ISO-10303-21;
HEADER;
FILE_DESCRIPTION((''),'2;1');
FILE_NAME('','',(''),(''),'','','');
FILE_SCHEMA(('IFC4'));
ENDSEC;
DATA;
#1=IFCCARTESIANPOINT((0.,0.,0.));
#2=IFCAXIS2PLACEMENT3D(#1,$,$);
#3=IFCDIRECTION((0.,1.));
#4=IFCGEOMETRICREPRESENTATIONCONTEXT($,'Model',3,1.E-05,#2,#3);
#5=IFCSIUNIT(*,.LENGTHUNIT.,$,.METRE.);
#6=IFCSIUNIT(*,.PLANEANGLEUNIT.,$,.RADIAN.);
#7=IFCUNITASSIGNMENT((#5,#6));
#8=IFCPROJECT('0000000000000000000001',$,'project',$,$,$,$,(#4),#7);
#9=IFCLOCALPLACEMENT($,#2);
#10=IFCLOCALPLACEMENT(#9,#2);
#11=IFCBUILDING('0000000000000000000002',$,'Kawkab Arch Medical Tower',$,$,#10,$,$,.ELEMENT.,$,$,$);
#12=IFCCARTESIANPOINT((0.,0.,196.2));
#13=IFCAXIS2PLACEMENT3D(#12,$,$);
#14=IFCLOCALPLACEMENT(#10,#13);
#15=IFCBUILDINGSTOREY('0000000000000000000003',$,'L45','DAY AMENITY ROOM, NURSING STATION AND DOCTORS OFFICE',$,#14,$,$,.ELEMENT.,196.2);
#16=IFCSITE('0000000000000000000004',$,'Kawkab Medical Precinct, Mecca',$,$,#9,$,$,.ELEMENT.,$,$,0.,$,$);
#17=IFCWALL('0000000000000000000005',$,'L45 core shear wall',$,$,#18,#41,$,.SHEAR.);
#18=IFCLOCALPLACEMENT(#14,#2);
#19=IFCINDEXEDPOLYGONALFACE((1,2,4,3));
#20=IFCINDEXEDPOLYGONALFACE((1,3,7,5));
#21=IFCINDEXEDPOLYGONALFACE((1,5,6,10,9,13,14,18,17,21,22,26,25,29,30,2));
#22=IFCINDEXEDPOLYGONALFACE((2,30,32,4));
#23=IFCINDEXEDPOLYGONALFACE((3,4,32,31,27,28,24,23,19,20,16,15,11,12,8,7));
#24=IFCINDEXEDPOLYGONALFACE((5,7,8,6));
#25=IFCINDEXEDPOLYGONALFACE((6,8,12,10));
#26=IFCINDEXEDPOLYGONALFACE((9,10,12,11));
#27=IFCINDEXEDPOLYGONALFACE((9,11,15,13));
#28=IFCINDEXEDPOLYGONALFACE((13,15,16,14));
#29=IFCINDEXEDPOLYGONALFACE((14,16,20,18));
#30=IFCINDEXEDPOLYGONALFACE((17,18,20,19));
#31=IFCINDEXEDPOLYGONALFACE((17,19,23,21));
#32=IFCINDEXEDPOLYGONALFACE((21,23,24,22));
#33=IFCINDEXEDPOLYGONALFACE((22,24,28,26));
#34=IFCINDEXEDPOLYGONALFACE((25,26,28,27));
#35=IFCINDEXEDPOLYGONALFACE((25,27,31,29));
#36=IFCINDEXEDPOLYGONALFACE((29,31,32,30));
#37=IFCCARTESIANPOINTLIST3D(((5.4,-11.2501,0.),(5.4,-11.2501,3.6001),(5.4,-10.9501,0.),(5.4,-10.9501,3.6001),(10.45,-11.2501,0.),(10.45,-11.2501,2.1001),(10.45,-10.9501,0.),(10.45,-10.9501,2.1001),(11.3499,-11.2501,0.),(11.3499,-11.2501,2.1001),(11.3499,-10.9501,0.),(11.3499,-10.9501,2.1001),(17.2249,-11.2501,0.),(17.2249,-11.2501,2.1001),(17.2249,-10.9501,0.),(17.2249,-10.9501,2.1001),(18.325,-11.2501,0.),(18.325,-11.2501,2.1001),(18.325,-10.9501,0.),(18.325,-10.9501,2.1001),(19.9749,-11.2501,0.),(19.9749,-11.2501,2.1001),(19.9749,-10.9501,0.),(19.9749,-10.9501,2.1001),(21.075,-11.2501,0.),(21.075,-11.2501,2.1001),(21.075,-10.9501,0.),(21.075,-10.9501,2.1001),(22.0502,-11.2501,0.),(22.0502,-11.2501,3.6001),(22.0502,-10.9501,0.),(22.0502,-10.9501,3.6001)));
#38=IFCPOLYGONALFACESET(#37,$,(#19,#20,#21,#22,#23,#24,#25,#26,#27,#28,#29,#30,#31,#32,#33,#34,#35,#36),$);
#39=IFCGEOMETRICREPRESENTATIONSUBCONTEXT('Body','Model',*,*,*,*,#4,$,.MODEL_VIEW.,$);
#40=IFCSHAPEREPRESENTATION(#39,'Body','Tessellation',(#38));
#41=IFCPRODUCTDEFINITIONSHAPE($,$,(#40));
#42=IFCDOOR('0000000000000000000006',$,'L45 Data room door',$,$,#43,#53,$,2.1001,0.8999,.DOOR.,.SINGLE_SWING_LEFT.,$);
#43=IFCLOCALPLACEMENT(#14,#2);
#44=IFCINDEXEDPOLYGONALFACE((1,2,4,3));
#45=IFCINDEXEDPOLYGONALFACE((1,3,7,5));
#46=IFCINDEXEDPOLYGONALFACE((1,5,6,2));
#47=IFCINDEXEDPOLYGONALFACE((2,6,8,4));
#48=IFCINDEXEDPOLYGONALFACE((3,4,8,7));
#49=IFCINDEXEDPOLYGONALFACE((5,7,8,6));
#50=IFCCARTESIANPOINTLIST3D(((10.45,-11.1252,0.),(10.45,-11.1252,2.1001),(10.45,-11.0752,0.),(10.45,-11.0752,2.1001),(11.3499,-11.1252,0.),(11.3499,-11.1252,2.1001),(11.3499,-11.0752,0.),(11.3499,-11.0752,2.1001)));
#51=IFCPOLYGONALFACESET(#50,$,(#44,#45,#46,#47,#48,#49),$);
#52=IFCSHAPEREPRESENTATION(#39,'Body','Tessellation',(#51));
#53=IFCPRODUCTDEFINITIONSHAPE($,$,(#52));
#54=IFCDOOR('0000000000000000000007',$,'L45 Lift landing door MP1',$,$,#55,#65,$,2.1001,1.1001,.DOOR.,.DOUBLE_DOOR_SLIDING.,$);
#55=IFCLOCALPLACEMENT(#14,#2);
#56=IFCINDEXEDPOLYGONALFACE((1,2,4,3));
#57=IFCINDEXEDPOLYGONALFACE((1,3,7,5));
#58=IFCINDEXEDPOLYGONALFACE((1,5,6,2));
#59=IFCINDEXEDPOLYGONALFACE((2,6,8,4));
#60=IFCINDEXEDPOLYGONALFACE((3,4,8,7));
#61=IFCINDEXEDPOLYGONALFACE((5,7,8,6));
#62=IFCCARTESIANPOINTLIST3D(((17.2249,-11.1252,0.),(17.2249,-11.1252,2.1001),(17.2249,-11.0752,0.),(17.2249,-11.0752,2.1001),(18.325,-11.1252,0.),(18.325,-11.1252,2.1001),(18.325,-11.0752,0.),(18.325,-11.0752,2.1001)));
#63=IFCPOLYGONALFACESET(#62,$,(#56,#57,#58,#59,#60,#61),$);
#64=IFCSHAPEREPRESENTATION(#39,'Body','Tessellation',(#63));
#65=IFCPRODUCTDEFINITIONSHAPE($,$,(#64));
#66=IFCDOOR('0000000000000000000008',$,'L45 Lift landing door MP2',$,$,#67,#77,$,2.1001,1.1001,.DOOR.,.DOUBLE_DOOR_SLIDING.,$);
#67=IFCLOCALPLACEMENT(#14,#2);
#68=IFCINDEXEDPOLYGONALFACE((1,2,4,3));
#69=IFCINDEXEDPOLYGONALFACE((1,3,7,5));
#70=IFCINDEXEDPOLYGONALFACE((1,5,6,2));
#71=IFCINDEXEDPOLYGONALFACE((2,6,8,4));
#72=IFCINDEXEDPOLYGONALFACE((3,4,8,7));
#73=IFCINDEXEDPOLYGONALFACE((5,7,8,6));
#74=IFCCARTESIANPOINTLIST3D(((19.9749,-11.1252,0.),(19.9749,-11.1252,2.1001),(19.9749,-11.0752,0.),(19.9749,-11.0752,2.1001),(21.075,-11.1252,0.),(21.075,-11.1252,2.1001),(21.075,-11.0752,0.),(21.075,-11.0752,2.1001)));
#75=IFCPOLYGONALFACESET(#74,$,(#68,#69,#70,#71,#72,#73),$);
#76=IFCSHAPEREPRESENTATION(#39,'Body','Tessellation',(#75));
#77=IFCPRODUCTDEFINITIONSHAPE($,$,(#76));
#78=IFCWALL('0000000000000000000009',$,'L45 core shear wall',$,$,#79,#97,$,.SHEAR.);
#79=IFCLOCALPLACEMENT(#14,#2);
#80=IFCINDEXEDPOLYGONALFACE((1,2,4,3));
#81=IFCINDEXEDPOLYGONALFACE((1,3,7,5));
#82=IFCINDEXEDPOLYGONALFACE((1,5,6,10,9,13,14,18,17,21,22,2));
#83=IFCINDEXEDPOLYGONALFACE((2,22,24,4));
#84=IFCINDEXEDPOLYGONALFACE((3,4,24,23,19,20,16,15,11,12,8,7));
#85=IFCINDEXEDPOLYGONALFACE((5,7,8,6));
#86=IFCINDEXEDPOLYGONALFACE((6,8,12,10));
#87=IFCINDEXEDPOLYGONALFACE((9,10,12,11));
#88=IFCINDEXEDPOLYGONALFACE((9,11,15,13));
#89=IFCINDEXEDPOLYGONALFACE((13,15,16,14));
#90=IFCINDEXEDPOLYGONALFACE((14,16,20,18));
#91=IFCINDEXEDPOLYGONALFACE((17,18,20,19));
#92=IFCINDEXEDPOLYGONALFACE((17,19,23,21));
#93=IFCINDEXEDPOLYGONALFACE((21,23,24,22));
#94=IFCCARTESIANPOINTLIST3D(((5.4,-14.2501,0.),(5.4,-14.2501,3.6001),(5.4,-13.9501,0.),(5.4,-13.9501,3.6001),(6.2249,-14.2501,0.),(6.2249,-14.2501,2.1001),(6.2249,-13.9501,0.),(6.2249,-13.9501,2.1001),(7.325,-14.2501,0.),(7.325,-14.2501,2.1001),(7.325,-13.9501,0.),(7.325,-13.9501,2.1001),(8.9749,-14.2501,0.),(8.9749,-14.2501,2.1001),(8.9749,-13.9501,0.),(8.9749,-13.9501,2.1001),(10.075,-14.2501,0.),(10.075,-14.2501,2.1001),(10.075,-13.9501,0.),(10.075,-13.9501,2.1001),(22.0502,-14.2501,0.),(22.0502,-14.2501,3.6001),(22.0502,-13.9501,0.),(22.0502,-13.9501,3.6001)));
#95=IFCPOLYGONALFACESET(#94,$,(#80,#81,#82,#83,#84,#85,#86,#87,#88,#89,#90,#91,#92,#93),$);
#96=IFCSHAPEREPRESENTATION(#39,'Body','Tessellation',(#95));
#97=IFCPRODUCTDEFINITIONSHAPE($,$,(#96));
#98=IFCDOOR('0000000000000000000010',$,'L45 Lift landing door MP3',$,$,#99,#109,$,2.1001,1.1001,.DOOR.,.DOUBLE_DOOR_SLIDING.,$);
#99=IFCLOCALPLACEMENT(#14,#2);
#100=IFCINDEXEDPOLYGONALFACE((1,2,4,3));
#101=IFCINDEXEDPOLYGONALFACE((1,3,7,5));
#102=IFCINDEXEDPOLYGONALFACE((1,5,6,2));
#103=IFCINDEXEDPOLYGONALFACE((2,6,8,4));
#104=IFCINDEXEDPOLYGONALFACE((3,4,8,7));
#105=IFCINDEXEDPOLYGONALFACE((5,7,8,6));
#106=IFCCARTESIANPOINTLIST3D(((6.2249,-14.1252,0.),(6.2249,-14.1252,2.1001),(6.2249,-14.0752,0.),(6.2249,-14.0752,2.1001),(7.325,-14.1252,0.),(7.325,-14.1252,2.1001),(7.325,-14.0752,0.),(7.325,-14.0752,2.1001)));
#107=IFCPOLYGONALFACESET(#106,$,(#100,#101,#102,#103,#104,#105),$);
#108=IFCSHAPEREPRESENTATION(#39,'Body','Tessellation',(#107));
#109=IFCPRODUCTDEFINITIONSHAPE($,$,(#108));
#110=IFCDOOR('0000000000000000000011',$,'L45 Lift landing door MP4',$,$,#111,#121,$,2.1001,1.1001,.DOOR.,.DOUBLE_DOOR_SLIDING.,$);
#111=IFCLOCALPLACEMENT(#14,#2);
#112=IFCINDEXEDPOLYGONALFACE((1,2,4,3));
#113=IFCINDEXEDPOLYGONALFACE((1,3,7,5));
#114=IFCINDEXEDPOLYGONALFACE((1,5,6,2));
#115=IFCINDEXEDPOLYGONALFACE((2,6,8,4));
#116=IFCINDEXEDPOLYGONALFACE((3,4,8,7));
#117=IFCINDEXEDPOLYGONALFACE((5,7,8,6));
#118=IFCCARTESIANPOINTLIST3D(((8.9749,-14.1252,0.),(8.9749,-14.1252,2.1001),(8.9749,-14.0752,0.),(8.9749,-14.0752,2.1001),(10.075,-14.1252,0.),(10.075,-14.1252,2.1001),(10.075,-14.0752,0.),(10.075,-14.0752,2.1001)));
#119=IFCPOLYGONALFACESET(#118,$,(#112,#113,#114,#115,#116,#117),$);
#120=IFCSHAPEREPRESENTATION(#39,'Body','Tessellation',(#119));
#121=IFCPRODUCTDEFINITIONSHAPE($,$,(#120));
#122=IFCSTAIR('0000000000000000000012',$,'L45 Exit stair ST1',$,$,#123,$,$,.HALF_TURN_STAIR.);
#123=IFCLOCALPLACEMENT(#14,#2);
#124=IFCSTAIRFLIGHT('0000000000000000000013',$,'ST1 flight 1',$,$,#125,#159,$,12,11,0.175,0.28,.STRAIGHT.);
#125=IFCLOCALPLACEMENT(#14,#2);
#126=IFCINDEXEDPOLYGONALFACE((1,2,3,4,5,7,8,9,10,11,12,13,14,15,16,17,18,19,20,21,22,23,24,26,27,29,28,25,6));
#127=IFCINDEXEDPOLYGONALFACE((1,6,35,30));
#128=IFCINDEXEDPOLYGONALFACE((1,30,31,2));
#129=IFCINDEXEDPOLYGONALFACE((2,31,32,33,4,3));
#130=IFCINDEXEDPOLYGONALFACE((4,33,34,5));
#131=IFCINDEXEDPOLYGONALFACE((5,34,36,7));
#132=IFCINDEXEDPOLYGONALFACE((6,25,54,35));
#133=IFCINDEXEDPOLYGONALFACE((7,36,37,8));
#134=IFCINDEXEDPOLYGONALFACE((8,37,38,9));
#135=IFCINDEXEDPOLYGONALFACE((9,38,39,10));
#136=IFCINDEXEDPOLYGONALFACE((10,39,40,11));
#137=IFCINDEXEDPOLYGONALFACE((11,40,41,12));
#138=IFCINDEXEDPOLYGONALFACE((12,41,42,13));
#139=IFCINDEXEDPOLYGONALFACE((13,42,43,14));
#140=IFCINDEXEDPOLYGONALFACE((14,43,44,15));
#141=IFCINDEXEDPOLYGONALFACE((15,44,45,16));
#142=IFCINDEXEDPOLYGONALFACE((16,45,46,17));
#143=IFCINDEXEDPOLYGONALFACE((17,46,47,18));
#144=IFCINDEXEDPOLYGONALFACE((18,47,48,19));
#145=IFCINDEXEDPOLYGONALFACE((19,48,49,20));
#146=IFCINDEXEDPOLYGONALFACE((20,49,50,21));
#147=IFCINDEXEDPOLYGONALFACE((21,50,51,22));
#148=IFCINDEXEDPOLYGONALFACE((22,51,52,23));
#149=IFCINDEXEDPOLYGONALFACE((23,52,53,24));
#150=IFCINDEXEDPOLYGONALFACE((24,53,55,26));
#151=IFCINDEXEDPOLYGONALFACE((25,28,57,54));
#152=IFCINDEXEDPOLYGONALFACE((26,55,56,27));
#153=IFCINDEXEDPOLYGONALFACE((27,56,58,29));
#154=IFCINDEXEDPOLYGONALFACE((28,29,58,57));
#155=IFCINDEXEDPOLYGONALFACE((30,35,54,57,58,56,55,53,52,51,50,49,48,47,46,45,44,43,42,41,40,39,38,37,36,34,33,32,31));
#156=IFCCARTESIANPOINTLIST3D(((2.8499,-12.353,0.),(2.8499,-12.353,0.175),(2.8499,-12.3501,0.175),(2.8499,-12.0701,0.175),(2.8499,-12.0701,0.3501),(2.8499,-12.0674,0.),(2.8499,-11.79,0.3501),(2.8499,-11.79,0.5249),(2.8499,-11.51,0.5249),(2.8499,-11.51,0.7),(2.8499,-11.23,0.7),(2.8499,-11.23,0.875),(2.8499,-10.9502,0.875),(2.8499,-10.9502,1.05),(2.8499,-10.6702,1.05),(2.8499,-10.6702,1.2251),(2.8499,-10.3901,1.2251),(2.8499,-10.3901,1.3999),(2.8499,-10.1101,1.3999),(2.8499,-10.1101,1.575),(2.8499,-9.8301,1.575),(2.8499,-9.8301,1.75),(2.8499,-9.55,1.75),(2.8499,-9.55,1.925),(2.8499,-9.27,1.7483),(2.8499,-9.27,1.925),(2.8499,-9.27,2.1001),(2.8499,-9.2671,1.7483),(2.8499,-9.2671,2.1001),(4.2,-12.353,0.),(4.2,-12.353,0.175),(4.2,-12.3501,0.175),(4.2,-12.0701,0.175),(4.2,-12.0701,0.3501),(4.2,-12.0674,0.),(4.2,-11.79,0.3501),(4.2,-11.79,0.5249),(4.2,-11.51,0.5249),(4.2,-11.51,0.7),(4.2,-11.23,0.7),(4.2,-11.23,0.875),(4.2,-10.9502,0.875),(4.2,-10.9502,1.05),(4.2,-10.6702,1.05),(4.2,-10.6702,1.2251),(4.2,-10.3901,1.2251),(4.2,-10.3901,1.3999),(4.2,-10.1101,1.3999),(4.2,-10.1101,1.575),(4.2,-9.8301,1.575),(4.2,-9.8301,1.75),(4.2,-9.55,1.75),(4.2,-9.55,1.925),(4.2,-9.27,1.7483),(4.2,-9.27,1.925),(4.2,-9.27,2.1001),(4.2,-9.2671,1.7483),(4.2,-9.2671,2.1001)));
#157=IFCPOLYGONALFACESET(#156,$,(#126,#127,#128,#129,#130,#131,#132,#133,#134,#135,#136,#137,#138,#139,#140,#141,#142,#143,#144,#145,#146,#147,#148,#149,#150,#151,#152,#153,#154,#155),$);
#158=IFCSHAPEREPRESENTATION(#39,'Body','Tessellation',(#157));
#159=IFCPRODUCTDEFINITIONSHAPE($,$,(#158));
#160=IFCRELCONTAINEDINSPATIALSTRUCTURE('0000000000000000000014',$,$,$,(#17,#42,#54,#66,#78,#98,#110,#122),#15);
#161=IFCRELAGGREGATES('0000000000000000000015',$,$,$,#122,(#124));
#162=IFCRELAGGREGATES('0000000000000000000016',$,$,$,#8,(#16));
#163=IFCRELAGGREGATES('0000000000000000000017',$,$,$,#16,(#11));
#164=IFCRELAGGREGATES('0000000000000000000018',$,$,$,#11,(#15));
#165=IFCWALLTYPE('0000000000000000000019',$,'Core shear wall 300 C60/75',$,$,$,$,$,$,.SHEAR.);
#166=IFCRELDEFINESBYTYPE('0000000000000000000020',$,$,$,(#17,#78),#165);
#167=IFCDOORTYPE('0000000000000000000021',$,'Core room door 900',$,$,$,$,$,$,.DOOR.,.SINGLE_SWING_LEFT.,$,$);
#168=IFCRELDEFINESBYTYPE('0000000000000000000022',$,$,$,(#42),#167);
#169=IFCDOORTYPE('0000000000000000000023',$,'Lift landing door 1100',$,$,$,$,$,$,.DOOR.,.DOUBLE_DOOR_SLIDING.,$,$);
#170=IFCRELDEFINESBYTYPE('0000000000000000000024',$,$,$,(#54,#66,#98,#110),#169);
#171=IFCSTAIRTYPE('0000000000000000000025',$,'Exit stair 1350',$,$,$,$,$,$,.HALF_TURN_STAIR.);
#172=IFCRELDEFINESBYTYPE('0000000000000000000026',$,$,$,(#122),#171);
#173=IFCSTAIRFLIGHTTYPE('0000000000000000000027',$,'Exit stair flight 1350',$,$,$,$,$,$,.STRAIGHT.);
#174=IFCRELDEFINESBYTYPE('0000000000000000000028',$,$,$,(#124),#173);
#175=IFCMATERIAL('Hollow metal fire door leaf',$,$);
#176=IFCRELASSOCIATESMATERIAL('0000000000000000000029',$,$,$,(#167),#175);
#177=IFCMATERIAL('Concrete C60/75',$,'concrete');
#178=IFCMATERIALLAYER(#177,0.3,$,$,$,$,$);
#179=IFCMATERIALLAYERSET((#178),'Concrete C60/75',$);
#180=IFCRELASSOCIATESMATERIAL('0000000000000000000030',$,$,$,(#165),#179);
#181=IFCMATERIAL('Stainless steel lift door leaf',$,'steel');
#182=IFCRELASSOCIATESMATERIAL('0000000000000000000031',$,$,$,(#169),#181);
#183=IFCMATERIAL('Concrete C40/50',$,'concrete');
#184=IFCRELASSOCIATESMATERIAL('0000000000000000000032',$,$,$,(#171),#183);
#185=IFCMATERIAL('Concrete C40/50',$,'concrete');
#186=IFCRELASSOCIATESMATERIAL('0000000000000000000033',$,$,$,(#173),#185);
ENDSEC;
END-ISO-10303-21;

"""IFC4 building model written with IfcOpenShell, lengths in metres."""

from ifc_helpers import new_model, si_unit, direction, frame, frame_2d, origin, place, context, subcontext, project, spatial, polyline, rectangle, outline, extrude, material, layer, layer_set, type_object, element, fill, aggregate, save


model = new_model("IFC4")

# Units and contexts
model_context = context("Model", 3, precision=1e-05, world=origin(), true_north=direction((0.0, 1.0)))
body_context = subcontext(model_context, "Body", "Model", "MODEL_VIEW")
ifc_project = project(units=[si_unit("LENGTHUNIT", "METRE"), si_unit("PLANEANGLEUNIT", "RADIAN")], contexts=[model_context])

# Site, building, storey
site_placement = place(None, origin())
site = spatial("IfcSite", under=ifc_project, at=site_placement, Name="Kawkab Medical Precinct, Mecca", CompositionType="ELEMENT", RefElevation=0.0)
building_placement = place(site_placement, origin())
building = spatial("IfcBuilding", under=site, at=building_placement, Name="Kawkab Arch Medical Tower", CompositionType="ELEMENT")
storey_placement = place(building_placement, frame((0.0, 0.0, 196.2)))
storey = spatial("IfcBuildingStorey", under=building, at=storey_placement, Name="L45", Description="DAY AMENITY ROOM, NURSING STATION AND DOCTORS OFFICE", CompositionType="ELEMENT", Elevation=196.2)

# Shared definitions
ifc_material_1 = material(Name="Hollow metal fire door leaf")
door_type_1 = type_object("IfcDoorType", Name="Core room door 900", OperationType="SINGLE_SWING_LEFT", PredefinedType="DOOR", material=ifc_material_1)

# Shared definitions
ifc_material_2 = material(Name="Concrete C60/75", Category="concrete")
ifc_layer_1 = layer(ifc_material_2, 0.3)
ifc_layer_set_1 = layer_set([ifc_layer_1], Name="Concrete C60/75")
wall_type_1 = type_object("IfcWallType", Name="Core shear wall 300 C60/75", PredefinedType="SHEAR", material=ifc_layer_set_1)

# Walls, openings, doors
wall_1_placement = place(storey_placement, frame((5.3999, -11.1001, 0.0), z_axis=(0.0, 0.0, 1.0), x_axis=(1.0, 0.0, 0.0)))
wall_1 = element("IfcWall", 1, at=wall_1_placement, inside=storey, type_object=wall_type_1, Name="L45 core shear wall", PredefinedType="SHEAR", context=body_context, shape_type="SweptSolid", body=[
    extrude(rectangle(XDim=16.6501, YDim=0.3, at=frame_2d((8.3252, 0.0))), origin(), (0.0, 0.0, 1.0), 3.6001),
])
opening_1_placement = place(wall_1_placement, frame((11.825, 0.0, 0.0)))
opening_1 = element("IfcOpeningElement", 2, at=opening_1_placement, cuts=wall_1, PredefinedType="OPENING", context=body_context, shape_type="SweptSolid", body=[
    extrude(rectangle(XDim=1.1001, YDim=2.1001, at=frame_2d((0.55, 1.05))), frame((0.0, 0.1599, 0.0), z_axis=(0.0, -1.0, 0.0), x_axis=(1.0, 0.0, 0.0)), (0.0, 0.0, 1.0), 0.3201),
])
opening_2_placement = place(wall_1_placement, frame((14.575, 0.0, 0.0)))
opening_2 = element("IfcOpeningElement", 3, at=opening_2_placement, cuts=wall_1, PredefinedType="OPENING", context=body_context, shape_type="SweptSolid", body=[
    extrude(rectangle(XDim=1.1001, YDim=2.1001, at=frame_2d((0.55, 1.05))), frame((0.0, 0.1599, 0.0), z_axis=(0.0, -1.0, 0.0), x_axis=(1.0, 0.0, 0.0)), (0.0, 0.0, 1.0), 0.3201),
])
opening_3_placement = place(wall_1_placement, frame((5.05, 0.0, 0.0)))
opening_3 = element("IfcOpeningElement", 4, at=opening_3_placement, cuts=wall_1, PredefinedType="OPENING", context=body_context, shape_type="SweptSolid", body=[
    extrude(rectangle(XDim=0.8999, YDim=2.1001, at=frame_2d((0.45, 1.05))), frame((0.0, 0.1599, 0.0), z_axis=(0.0, -1.0, 0.0), x_axis=(1.0, 0.0, 0.0)), (0.0, 0.0, 1.0), 0.3201),
])
door_1_placement = place(opening_3_placement, origin())
door_1 = element("IfcDoor", 5, at=door_1_placement, inside=storey, type_object=door_type_1, Name="L45 Data room door", OperationType="SINGLE_SWING_LEFT", OverallHeight=2.1001, OverallWidth=0.8999, PredefinedType="DOOR", context=body_context, shape_type="SweptSolid", body=[
    extrude(rectangle(XDim=0.8999, YDim=2.1001, at=frame_2d((0.45, 1.05))), frame((0.0, 0.0249, 0.0), z_axis=(0.0, -1.0, 0.0), x_axis=(1.0, 0.0, 0.0)), (0.0, 0.0, 1.0), 0.05),
])
fill(opening_3, door_1)
ifc_material_3 = material(Name="Stainless steel lift door leaf", Category="steel")
door_type_2 = type_object("IfcDoorType", Name="Lift landing door 1100", OperationType="DOUBLE_DOOR_SLIDING", PredefinedType="DOOR", material=ifc_material_3)
door_2_placement = place(opening_1_placement, origin())
door_2 = element("IfcDoor", 6, at=door_2_placement, inside=storey, type_object=door_type_2, Name="L45 Lift landing door MP1", OperationType="DOUBLE_DOOR_SLIDING", OverallHeight=2.1001, OverallWidth=1.1001, PredefinedType="DOOR", context=body_context, shape_type="SweptSolid", body=[
    extrude(rectangle(XDim=1.1001, YDim=2.1001, at=frame_2d((0.55, 1.05))), frame((0.0, 0.0249, 0.0), z_axis=(0.0, -1.0, 0.0), x_axis=(1.0, 0.0, 0.0)), (0.0, 0.0, 1.0), 0.05),
])
fill(opening_1, door_2)
door_3_placement = place(opening_2_placement, origin())
door_3 = element("IfcDoor", 7, at=door_3_placement, inside=storey, type_object=door_type_2, Name="L45 Lift landing door MP2", OperationType="DOUBLE_DOOR_SLIDING", OverallHeight=2.1001, OverallWidth=1.1001, PredefinedType="DOOR", context=body_context, shape_type="SweptSolid", body=[
    extrude(rectangle(XDim=1.1001, YDim=2.1001, at=frame_2d((0.55, 1.05))), frame((0.0, 0.0249, 0.0), z_axis=(0.0, -1.0, 0.0), x_axis=(1.0, 0.0, 0.0)), (0.0, 0.0, 1.0), 0.05),
])
fill(opening_2, door_3)
wall_2_placement = place(storey_placement, frame((5.3999, -14.1001, 0.0), z_axis=(0.0, 0.0, 1.0), x_axis=(1.0, 0.0, 0.0)))
wall_2 = element("IfcWall", 8, at=wall_2_placement, inside=storey, type_object=wall_type_1, Name="L45 core shear wall", PredefinedType="SHEAR", context=body_context, shape_type="SweptSolid", body=[
    extrude(rectangle(XDim=16.6501, YDim=0.3, at=frame_2d((8.3252, 0.0))), origin(), (0.0, 0.0, 1.0), 3.6001),
])
opening_4_placement = place(wall_2_placement, frame((0.825, 0.0, 0.0)))
opening_4 = element("IfcOpeningElement", 9, at=opening_4_placement, cuts=wall_2, PredefinedType="OPENING", context=body_context, shape_type="SweptSolid", body=[
    extrude(rectangle(XDim=1.1001, YDim=2.1001, at=frame_2d((0.55, 1.05))), frame((0.0, 0.1599, 0.0), z_axis=(0.0, -1.0, 0.0), x_axis=(1.0, 0.0, 0.0)), (0.0, 0.0, 1.0), 0.3201),
])
opening_5_placement = place(wall_2_placement, frame((3.575, 0.0, 0.0)))
opening_5 = element("IfcOpeningElement", 10, at=opening_5_placement, cuts=wall_2, PredefinedType="OPENING", context=body_context, shape_type="SweptSolid", body=[
    extrude(rectangle(XDim=1.1001, YDim=2.1001, at=frame_2d((0.55, 1.05))), frame((0.0, 0.1599, 0.0), z_axis=(0.0, -1.0, 0.0), x_axis=(1.0, 0.0, 0.0)), (0.0, 0.0, 1.0), 0.3201),
])
door_4_placement = place(opening_4_placement, origin())
door_4 = element("IfcDoor", 11, at=door_4_placement, inside=storey, type_object=door_type_2, Name="L45 Lift landing door MP3", OperationType="DOUBLE_DOOR_SLIDING", OverallHeight=2.1001, OverallWidth=1.1001, PredefinedType="DOOR", context=body_context, shape_type="SweptSolid", body=[
    extrude(rectangle(XDim=1.1001, YDim=2.1001, at=frame_2d((0.55, 1.05))), frame((0.0, 0.0249, 0.0), z_axis=(0.0, -1.0, 0.0), x_axis=(1.0, 0.0, 0.0)), (0.0, 0.0, 1.0), 0.05),
])
fill(opening_4, door_4)
door_5_placement = place(opening_5_placement, origin())
door_5 = element("IfcDoor", 12, at=door_5_placement, inside=storey, type_object=door_type_2, Name="L45 Lift landing door MP4", OperationType="DOUBLE_DOOR_SLIDING", OverallHeight=2.1001, OverallWidth=1.1001, PredefinedType="DOOR", context=body_context, shape_type="SweptSolid", body=[
    extrude(rectangle(XDim=1.1001, YDim=2.1001, at=frame_2d((0.55, 1.05))), frame((0.0, 0.0249, 0.0), z_axis=(0.0, -1.0, 0.0), x_axis=(1.0, 0.0, 0.0)), (0.0, 0.0, 1.0), 0.05),
])
fill(opening_5, door_5)

# Stair, stair flight
ifc_material_4 = material(Name="Concrete C40/50", Category="concrete")
stair_type = type_object("IfcStairType", Name="Exit stair 1350", PredefinedType="HALF_TURN_STAIR", material=ifc_material_4)
stair_placement = place(storey_placement, origin())
stair = element("IfcStair", 13, at=stair_placement, inside=storey, type_object=stair_type, Name="L45 Exit stair ST1", PredefinedType="HALF_TURN_STAIR")
ifc_material_5 = material(Name="Concrete C40/50", Category="concrete")
stair_flight_type = type_object("IfcStairFlightType", Name="Exit stair flight 1350", PredefinedType="STRAIGHT", material=ifc_material_5)
stair_flight_placement = place(storey_placement, frame((3.5249, -12.3501, 0.0), z_axis=(0.0, 0.0, 1.0), x_axis=(0.0, 1.0, 0.0)))
stair_flight = element("IfcStairFlight", 14, at=stair_flight_placement, type_object=stair_flight_type, Name="ST1 flight 1", NumberOfRisers=12, NumberOfTreads=11, PredefinedType="STRAIGHT", RiserHeight=0.175, TreadLength=0.28, context=body_context, shape_type="SweptSolid", body=[
    extrude(outline(polyline([(-0.0029, 0.0), (-0.0029, 0.175), (0.0, 0.175), (0.28, 0.175), (0.28, 0.3501), (0.5601, 0.3501), (0.5601, 0.5249), (0.8401, 0.5249), (0.8401, 0.7), (1.1201, 0.7), (1.1201, 0.875), (1.3999, 0.875), (1.3999, 1.05), (1.6799, 1.05), (1.6799, 1.2251), (1.96, 1.2251), (1.96, 1.3999), (2.24, 1.3999), (2.24, 1.575), (2.52, 1.575), (2.52, 1.75), (2.8, 1.75), (2.8, 1.925), (3.0801, 1.925), (3.0801, 2.1001), (3.083, 2.1001), (3.083, 1.7483), (3.0801, 1.7483), (0.2827, 0.0), (-0.0029, 0.0)])), frame((0.0, 0.675, 0.0), z_axis=(0.0, -1.0, 0.0), x_axis=(1.0, 0.0, 0.0)), (0.0, 0.0, 1.0), 1.3501),
])
aggregate(stair, [stair_flight])

save(model, "model.ifc")
